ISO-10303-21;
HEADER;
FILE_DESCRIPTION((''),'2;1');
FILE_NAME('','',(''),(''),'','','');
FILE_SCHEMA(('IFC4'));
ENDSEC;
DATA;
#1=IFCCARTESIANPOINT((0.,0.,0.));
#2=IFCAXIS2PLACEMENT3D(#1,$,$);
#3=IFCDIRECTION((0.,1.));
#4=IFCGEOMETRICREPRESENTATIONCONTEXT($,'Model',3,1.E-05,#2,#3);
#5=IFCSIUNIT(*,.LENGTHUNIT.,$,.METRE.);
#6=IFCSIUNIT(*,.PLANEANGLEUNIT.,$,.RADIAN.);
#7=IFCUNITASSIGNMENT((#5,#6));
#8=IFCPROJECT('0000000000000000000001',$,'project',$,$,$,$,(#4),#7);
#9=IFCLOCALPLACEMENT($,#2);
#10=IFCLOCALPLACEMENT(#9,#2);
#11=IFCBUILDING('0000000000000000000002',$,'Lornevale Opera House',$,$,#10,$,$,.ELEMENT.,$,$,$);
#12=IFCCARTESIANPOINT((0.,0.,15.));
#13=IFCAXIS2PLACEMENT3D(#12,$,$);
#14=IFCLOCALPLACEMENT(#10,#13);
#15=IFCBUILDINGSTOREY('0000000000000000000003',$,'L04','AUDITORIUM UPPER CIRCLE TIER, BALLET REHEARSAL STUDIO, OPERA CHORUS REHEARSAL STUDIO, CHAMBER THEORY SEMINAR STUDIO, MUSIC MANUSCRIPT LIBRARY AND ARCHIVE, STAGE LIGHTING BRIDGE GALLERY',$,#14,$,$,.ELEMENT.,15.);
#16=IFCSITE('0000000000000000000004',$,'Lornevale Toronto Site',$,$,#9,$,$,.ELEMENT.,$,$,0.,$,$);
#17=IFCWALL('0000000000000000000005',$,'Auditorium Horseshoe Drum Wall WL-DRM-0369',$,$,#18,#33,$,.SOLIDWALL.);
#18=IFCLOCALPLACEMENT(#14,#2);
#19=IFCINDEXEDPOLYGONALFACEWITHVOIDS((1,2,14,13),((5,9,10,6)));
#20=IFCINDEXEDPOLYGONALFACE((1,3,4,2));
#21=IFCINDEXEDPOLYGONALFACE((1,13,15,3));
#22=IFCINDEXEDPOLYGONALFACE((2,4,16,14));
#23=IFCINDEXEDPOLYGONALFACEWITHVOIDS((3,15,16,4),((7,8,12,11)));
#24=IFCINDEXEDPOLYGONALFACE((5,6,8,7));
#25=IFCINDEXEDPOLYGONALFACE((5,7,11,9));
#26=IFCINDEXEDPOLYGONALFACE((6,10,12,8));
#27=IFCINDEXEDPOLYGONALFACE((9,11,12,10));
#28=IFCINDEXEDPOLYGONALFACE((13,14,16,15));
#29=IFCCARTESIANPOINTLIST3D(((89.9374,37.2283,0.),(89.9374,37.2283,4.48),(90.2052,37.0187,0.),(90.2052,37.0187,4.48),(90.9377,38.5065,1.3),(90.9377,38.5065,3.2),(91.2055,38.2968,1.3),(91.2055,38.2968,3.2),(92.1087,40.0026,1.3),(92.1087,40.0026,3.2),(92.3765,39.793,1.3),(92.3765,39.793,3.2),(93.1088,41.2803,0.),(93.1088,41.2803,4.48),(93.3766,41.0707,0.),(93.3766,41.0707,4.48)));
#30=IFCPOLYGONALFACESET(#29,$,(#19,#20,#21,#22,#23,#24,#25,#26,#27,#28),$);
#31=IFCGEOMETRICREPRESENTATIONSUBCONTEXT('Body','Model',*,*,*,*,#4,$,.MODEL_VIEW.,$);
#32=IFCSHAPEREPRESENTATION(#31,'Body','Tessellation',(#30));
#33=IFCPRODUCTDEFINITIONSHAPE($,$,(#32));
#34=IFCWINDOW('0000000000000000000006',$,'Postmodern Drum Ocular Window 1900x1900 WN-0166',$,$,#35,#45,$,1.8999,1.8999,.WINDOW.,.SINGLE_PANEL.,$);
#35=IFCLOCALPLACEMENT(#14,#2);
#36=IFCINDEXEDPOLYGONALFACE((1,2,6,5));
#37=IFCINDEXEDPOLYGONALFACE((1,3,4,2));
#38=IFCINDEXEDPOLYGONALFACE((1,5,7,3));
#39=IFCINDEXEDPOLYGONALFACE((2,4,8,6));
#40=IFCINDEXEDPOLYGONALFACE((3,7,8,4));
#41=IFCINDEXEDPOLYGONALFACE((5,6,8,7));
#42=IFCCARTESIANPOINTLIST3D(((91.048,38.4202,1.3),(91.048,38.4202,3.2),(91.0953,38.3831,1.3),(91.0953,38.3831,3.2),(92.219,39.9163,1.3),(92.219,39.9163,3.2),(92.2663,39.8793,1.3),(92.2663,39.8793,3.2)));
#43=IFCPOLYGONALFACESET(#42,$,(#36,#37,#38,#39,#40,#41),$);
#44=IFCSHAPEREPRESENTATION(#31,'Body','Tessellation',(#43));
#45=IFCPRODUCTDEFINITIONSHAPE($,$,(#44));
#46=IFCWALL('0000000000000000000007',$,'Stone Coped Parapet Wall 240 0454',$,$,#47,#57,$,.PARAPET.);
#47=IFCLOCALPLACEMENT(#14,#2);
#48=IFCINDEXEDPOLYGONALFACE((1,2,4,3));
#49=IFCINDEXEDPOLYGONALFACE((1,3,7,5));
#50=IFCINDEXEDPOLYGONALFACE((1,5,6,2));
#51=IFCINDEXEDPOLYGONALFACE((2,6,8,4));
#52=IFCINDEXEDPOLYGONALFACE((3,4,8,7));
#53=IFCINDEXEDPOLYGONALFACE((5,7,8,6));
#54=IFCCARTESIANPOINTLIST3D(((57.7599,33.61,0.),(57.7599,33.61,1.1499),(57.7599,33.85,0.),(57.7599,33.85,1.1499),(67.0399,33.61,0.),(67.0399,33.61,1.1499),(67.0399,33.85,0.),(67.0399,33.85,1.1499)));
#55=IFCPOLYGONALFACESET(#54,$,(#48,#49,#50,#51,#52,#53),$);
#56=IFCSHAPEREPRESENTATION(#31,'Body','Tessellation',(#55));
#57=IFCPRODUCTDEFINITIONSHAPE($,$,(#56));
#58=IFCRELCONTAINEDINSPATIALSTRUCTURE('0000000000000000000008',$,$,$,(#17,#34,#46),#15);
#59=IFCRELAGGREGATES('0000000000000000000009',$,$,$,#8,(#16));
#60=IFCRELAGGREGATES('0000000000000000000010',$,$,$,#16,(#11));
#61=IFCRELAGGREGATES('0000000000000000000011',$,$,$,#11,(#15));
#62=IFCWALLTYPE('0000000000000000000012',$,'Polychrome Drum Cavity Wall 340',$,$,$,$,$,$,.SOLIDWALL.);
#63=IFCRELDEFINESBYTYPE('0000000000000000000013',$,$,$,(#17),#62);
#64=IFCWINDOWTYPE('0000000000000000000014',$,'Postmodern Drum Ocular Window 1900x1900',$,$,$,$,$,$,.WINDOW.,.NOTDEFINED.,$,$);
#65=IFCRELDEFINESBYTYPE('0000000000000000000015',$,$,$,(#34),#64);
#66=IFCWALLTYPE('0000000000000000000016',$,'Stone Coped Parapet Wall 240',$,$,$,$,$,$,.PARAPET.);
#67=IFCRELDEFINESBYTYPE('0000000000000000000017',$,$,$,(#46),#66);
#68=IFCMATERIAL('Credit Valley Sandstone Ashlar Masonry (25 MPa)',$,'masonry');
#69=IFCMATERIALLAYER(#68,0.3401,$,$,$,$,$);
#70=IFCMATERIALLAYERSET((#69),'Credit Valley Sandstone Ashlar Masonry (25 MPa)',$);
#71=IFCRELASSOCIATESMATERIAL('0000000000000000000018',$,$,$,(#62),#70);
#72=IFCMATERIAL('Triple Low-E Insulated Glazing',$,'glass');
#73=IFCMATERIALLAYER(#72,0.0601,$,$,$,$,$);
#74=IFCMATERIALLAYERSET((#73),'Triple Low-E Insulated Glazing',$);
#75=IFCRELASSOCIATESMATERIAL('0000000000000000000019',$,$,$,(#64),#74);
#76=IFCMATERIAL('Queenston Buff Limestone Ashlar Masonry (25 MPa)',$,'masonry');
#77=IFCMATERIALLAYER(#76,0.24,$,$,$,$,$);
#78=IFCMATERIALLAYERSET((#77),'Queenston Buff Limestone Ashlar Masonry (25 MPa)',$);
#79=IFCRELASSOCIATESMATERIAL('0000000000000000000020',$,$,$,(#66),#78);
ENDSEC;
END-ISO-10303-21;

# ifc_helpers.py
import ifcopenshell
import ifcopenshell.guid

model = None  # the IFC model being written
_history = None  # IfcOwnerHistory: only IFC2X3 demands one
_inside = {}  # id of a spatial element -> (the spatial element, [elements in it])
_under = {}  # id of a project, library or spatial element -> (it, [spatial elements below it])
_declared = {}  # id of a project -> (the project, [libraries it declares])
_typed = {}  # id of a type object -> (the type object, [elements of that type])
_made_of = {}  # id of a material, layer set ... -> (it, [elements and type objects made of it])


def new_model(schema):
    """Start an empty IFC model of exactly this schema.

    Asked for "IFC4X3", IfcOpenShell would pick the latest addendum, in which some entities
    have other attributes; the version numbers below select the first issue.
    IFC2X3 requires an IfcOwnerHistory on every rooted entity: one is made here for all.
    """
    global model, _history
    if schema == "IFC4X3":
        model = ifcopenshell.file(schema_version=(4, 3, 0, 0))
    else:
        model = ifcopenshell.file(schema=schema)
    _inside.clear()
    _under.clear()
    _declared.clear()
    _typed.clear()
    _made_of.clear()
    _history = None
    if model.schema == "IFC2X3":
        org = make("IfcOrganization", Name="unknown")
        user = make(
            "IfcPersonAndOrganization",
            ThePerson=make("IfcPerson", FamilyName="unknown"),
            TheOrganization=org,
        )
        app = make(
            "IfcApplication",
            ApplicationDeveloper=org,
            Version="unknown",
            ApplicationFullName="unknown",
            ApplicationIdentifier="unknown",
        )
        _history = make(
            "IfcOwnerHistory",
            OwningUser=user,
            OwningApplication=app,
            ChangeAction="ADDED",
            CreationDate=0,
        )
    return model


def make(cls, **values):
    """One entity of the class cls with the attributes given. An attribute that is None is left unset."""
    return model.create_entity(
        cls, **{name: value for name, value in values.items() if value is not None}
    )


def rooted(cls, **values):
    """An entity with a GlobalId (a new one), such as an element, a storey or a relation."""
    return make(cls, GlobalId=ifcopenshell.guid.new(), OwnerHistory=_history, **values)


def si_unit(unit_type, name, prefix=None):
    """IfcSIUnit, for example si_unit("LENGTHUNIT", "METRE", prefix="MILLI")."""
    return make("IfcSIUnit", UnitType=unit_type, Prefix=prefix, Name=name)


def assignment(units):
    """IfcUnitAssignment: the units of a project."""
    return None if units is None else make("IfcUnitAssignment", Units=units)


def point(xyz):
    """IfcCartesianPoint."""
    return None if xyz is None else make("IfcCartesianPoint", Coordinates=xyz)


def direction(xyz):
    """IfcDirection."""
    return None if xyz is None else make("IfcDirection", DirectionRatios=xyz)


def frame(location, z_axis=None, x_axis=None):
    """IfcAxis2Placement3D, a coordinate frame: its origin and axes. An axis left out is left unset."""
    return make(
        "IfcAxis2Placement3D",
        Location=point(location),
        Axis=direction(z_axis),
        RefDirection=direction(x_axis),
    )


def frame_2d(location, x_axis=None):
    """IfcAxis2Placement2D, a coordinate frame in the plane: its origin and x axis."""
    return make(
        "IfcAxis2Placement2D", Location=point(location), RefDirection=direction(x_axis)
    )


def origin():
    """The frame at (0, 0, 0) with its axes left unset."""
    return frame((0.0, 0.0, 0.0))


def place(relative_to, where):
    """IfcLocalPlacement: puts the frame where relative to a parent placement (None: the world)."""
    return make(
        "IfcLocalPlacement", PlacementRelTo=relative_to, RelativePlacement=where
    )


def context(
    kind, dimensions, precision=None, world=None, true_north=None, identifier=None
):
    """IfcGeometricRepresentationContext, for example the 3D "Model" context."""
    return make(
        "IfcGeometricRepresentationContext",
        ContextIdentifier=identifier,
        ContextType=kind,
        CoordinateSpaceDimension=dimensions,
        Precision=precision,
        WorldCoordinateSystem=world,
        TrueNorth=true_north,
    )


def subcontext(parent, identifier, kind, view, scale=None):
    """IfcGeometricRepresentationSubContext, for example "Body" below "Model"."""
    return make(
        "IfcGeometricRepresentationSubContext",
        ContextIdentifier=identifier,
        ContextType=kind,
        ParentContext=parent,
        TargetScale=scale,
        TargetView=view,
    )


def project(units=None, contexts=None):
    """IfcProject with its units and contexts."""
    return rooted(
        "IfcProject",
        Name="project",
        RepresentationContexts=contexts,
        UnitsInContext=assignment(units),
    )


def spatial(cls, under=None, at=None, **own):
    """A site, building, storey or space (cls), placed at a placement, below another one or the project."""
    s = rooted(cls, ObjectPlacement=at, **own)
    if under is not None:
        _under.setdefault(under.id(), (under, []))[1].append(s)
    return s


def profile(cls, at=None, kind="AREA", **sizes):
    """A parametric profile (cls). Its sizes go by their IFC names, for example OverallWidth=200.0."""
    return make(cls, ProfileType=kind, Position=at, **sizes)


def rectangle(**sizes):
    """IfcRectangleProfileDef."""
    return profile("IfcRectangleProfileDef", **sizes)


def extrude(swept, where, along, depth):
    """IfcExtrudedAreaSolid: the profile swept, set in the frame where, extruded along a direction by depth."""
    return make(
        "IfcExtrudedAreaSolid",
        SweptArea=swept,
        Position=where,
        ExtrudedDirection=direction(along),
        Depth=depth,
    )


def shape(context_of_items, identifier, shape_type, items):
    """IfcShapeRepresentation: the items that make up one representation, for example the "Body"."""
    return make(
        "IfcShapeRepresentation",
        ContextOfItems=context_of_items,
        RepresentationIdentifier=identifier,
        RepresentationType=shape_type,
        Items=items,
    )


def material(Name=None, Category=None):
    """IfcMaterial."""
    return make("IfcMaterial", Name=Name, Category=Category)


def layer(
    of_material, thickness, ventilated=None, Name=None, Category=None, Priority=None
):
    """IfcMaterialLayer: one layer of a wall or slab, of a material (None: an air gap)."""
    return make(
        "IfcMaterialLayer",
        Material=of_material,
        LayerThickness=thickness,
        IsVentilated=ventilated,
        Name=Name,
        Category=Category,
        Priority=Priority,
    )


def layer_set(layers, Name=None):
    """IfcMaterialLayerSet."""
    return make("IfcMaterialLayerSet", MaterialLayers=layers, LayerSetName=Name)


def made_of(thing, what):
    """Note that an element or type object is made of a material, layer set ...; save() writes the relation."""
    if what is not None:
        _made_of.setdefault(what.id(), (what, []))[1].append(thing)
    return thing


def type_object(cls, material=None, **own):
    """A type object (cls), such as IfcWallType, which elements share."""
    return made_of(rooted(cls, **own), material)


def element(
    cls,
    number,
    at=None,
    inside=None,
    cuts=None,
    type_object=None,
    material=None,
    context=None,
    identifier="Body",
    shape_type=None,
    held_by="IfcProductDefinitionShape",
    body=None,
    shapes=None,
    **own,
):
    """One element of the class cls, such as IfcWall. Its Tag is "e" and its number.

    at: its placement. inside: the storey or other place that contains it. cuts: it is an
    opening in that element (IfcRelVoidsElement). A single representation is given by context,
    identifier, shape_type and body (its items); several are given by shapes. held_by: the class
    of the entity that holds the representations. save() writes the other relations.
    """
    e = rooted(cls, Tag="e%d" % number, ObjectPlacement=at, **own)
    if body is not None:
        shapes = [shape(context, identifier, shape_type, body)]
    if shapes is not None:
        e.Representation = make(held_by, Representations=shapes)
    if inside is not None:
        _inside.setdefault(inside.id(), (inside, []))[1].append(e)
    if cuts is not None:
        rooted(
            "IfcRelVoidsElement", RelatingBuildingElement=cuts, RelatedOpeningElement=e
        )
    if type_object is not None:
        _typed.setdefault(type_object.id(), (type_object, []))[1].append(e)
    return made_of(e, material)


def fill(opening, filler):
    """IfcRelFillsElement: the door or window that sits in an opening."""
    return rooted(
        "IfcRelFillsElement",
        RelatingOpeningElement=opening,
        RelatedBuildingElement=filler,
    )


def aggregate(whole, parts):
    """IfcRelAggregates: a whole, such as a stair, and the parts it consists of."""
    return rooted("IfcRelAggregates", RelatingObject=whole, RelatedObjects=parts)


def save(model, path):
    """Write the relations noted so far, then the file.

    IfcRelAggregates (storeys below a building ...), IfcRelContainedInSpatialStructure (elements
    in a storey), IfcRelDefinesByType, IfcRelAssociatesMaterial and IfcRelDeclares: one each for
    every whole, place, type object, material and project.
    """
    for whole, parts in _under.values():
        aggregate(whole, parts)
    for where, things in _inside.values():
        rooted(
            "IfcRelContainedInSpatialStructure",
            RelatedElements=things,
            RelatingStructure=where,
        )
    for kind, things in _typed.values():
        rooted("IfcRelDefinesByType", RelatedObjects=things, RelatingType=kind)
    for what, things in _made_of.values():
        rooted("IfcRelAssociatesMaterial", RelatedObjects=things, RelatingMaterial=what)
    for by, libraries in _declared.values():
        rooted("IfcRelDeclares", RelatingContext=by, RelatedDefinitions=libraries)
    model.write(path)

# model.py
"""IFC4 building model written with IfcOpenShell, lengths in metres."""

from ifc_helpers import new_model, si_unit, direction, frame, frame_2d, origin, place, context, subcontext, project, spatial, rectangle, extrude, material, layer, layer_set, type_object, element, fill, save


model = new_model("IFC4")

# Units and contexts
model_context = context("Model", 3, precision=1e-05, world=origin(), true_north=direction((0.0, 1.0)))
body_context = subcontext(model_context, "Body", "Model", "MODEL_VIEW")
ifc_project = project(units=[si_unit("LENGTHUNIT", "METRE"), si_unit("PLANEANGLEUNIT", "RADIAN")], contexts=[model_context])

# Site, building, storey
site_placement = place(None, origin())
site = spatial("IfcSite", under=ifc_project, at=site_placement, Name="Lornevale Toronto Site", CompositionType="ELEMENT", RefElevation=0.0)
building_placement = place(site_placement, origin())
building = spatial("IfcBuilding", under=site, at=building_placement, Name="Lornevale Opera House", CompositionType="ELEMENT")
storey_placement = place(building_placement, frame((0.0, 0.0, 15.0)))
storey = spatial("IfcBuildingStorey", under=building, at=storey_placement, Name="L04", Description="AUDITORIUM UPPER CIRCLE TIER, BALLET REHEARSAL STUDIO, OPERA CHORUS REHEARSAL STUDIO, CHAMBER THEORY SEMINAR STUDIO, MUSIC MANUSCRIPT LIBRARY AND ARCHIVE, STAGE LIGHTING BRIDGE GALLERY", CompositionType="ELEMENT", Elevation=15.0)

# Shared definitions
ifc_material_1 = material(Name="Credit Valley Sandstone Ashlar Masonry (25 MPa)", Category="masonry")
ifc_layer_1 = layer(ifc_material_1, 0.3401)
ifc_layer_set_1 = layer_set([ifc_layer_1], Name="Credit Valley Sandstone Ashlar Masonry (25 MPa)")
wall_type_1 = type_object("IfcWallType", Name="Polychrome Drum Cavity Wall 340", PredefinedType="SOLIDWALL", material=ifc_layer_set_1)

# Wall, opening, window
ifc_material_2 = material(Name="Triple Low-E Insulated Glazing", Category="glass")
ifc_layer_2 = layer(ifc_material_2, 0.0601)
ifc_layer_set_2 = layer_set([ifc_layer_2], Name="Triple Low-E Insulated Glazing")
window_type_1 = type_object("IfcWindowType", Name="Postmodern Drum Ocular Window 1900x1900", PartitioningType="NOTDEFINED", PredefinedType="WINDOW", material=ifc_layer_set_2)
wall_1_placement = place(storey_placement, frame((90.0713, 37.1235, 0.0), z_axis=(0.0, 0.0, 1.0), x_axis=(0.616339, 0.787481, 0.0)))
wall_1 = element("IfcWall", 1, at=wall_1_placement, inside=storey, type_object=wall_type_1, Name="Auditorium Horseshoe Drum Wall WL-DRM-0369", PredefinedType="SOLIDWALL", context=body_context, shape_type="SweptSolid", body=[
    extrude(rectangle(XDim=5.1455, YDim=0.3401, at=frame_2d((2.5728, 0.0))), origin(), (0.0, 0.0, 1.0), 4.48),
])
opening_1_placement = place(wall_1_placement, frame((1.623, 0.0, 1.3)))
opening_1 = element("IfcOpeningElement", 2, at=opening_1_placement, cuts=wall_1, PredefinedType="OPENING", context=body_context, shape_type="SweptSolid", body=[
    extrude(rectangle(XDim=1.8999, YDim=1.8999, at=frame_2d((0.95, 0.95))), frame((0.0, 0.1799, 0.0), z_axis=(0.0, -1.0, 0.0), x_axis=(1.0, 0.0, 0.0)), (0.0, 0.0, 1.0), 0.3601),
])
window_1_placement = place(opening_1_placement, origin())
window_1 = element("IfcWindow", 3, at=window_1_placement, inside=storey, type_object=window_type_1, Name="Postmodern Drum Ocular Window 1900x1900 WN-0166", OverallHeight=1.8999, OverallWidth=1.8999, PartitioningType="SINGLE_PANEL", PredefinedType="WINDOW", context=body_context, shape_type="SweptSolid", body=[
    extrude(rectangle(XDim=1.8999, YDim=1.8999, at=frame_2d((0.95, 0.95))), frame((0.0, 0.03, 0.0), z_axis=(0.0, -1.0, 0.0), x_axis=(1.0, 0.0, 0.0)), (0.0, 0.0, 1.0), 0.0601),
])
fill(opening_1, window_1)

# Wall
ifc_material_3 = material(Name="Queenston Buff Limestone Ashlar Masonry (25 MPa)", Category="masonry")
ifc_layer_3 = layer(ifc_material_3, 0.24)
ifc_layer_set_3 = layer_set([ifc_layer_3], Name="Queenston Buff Limestone Ashlar Masonry (25 MPa)")
wall_type_2 = type_object("IfcWallType", Name="Stone Coped Parapet Wall 240", PredefinedType="PARAPET", material=ifc_layer_set_3)
wall_2_placement = place(storey_placement, frame((67.04, 33.73, 0.0), z_axis=(0.0, 0.0, 1.0), x_axis=(-1.0, 0.0, 0.0)))
element("IfcWall", 4, at=wall_2_placement, inside=storey, type_object=wall_type_2, Name="Stone Coped Parapet Wall 240 0454", PredefinedType="PARAPET", context=body_context, shape_type="SweptSolid", body=[
    extrude(rectangle(XDim=9.28, YDim=0.24, at=frame_2d((4.6401, 0.0))), origin(), (0.0, 0.0, 1.0), 1.1499),
])

save(model, "model.ifc")
